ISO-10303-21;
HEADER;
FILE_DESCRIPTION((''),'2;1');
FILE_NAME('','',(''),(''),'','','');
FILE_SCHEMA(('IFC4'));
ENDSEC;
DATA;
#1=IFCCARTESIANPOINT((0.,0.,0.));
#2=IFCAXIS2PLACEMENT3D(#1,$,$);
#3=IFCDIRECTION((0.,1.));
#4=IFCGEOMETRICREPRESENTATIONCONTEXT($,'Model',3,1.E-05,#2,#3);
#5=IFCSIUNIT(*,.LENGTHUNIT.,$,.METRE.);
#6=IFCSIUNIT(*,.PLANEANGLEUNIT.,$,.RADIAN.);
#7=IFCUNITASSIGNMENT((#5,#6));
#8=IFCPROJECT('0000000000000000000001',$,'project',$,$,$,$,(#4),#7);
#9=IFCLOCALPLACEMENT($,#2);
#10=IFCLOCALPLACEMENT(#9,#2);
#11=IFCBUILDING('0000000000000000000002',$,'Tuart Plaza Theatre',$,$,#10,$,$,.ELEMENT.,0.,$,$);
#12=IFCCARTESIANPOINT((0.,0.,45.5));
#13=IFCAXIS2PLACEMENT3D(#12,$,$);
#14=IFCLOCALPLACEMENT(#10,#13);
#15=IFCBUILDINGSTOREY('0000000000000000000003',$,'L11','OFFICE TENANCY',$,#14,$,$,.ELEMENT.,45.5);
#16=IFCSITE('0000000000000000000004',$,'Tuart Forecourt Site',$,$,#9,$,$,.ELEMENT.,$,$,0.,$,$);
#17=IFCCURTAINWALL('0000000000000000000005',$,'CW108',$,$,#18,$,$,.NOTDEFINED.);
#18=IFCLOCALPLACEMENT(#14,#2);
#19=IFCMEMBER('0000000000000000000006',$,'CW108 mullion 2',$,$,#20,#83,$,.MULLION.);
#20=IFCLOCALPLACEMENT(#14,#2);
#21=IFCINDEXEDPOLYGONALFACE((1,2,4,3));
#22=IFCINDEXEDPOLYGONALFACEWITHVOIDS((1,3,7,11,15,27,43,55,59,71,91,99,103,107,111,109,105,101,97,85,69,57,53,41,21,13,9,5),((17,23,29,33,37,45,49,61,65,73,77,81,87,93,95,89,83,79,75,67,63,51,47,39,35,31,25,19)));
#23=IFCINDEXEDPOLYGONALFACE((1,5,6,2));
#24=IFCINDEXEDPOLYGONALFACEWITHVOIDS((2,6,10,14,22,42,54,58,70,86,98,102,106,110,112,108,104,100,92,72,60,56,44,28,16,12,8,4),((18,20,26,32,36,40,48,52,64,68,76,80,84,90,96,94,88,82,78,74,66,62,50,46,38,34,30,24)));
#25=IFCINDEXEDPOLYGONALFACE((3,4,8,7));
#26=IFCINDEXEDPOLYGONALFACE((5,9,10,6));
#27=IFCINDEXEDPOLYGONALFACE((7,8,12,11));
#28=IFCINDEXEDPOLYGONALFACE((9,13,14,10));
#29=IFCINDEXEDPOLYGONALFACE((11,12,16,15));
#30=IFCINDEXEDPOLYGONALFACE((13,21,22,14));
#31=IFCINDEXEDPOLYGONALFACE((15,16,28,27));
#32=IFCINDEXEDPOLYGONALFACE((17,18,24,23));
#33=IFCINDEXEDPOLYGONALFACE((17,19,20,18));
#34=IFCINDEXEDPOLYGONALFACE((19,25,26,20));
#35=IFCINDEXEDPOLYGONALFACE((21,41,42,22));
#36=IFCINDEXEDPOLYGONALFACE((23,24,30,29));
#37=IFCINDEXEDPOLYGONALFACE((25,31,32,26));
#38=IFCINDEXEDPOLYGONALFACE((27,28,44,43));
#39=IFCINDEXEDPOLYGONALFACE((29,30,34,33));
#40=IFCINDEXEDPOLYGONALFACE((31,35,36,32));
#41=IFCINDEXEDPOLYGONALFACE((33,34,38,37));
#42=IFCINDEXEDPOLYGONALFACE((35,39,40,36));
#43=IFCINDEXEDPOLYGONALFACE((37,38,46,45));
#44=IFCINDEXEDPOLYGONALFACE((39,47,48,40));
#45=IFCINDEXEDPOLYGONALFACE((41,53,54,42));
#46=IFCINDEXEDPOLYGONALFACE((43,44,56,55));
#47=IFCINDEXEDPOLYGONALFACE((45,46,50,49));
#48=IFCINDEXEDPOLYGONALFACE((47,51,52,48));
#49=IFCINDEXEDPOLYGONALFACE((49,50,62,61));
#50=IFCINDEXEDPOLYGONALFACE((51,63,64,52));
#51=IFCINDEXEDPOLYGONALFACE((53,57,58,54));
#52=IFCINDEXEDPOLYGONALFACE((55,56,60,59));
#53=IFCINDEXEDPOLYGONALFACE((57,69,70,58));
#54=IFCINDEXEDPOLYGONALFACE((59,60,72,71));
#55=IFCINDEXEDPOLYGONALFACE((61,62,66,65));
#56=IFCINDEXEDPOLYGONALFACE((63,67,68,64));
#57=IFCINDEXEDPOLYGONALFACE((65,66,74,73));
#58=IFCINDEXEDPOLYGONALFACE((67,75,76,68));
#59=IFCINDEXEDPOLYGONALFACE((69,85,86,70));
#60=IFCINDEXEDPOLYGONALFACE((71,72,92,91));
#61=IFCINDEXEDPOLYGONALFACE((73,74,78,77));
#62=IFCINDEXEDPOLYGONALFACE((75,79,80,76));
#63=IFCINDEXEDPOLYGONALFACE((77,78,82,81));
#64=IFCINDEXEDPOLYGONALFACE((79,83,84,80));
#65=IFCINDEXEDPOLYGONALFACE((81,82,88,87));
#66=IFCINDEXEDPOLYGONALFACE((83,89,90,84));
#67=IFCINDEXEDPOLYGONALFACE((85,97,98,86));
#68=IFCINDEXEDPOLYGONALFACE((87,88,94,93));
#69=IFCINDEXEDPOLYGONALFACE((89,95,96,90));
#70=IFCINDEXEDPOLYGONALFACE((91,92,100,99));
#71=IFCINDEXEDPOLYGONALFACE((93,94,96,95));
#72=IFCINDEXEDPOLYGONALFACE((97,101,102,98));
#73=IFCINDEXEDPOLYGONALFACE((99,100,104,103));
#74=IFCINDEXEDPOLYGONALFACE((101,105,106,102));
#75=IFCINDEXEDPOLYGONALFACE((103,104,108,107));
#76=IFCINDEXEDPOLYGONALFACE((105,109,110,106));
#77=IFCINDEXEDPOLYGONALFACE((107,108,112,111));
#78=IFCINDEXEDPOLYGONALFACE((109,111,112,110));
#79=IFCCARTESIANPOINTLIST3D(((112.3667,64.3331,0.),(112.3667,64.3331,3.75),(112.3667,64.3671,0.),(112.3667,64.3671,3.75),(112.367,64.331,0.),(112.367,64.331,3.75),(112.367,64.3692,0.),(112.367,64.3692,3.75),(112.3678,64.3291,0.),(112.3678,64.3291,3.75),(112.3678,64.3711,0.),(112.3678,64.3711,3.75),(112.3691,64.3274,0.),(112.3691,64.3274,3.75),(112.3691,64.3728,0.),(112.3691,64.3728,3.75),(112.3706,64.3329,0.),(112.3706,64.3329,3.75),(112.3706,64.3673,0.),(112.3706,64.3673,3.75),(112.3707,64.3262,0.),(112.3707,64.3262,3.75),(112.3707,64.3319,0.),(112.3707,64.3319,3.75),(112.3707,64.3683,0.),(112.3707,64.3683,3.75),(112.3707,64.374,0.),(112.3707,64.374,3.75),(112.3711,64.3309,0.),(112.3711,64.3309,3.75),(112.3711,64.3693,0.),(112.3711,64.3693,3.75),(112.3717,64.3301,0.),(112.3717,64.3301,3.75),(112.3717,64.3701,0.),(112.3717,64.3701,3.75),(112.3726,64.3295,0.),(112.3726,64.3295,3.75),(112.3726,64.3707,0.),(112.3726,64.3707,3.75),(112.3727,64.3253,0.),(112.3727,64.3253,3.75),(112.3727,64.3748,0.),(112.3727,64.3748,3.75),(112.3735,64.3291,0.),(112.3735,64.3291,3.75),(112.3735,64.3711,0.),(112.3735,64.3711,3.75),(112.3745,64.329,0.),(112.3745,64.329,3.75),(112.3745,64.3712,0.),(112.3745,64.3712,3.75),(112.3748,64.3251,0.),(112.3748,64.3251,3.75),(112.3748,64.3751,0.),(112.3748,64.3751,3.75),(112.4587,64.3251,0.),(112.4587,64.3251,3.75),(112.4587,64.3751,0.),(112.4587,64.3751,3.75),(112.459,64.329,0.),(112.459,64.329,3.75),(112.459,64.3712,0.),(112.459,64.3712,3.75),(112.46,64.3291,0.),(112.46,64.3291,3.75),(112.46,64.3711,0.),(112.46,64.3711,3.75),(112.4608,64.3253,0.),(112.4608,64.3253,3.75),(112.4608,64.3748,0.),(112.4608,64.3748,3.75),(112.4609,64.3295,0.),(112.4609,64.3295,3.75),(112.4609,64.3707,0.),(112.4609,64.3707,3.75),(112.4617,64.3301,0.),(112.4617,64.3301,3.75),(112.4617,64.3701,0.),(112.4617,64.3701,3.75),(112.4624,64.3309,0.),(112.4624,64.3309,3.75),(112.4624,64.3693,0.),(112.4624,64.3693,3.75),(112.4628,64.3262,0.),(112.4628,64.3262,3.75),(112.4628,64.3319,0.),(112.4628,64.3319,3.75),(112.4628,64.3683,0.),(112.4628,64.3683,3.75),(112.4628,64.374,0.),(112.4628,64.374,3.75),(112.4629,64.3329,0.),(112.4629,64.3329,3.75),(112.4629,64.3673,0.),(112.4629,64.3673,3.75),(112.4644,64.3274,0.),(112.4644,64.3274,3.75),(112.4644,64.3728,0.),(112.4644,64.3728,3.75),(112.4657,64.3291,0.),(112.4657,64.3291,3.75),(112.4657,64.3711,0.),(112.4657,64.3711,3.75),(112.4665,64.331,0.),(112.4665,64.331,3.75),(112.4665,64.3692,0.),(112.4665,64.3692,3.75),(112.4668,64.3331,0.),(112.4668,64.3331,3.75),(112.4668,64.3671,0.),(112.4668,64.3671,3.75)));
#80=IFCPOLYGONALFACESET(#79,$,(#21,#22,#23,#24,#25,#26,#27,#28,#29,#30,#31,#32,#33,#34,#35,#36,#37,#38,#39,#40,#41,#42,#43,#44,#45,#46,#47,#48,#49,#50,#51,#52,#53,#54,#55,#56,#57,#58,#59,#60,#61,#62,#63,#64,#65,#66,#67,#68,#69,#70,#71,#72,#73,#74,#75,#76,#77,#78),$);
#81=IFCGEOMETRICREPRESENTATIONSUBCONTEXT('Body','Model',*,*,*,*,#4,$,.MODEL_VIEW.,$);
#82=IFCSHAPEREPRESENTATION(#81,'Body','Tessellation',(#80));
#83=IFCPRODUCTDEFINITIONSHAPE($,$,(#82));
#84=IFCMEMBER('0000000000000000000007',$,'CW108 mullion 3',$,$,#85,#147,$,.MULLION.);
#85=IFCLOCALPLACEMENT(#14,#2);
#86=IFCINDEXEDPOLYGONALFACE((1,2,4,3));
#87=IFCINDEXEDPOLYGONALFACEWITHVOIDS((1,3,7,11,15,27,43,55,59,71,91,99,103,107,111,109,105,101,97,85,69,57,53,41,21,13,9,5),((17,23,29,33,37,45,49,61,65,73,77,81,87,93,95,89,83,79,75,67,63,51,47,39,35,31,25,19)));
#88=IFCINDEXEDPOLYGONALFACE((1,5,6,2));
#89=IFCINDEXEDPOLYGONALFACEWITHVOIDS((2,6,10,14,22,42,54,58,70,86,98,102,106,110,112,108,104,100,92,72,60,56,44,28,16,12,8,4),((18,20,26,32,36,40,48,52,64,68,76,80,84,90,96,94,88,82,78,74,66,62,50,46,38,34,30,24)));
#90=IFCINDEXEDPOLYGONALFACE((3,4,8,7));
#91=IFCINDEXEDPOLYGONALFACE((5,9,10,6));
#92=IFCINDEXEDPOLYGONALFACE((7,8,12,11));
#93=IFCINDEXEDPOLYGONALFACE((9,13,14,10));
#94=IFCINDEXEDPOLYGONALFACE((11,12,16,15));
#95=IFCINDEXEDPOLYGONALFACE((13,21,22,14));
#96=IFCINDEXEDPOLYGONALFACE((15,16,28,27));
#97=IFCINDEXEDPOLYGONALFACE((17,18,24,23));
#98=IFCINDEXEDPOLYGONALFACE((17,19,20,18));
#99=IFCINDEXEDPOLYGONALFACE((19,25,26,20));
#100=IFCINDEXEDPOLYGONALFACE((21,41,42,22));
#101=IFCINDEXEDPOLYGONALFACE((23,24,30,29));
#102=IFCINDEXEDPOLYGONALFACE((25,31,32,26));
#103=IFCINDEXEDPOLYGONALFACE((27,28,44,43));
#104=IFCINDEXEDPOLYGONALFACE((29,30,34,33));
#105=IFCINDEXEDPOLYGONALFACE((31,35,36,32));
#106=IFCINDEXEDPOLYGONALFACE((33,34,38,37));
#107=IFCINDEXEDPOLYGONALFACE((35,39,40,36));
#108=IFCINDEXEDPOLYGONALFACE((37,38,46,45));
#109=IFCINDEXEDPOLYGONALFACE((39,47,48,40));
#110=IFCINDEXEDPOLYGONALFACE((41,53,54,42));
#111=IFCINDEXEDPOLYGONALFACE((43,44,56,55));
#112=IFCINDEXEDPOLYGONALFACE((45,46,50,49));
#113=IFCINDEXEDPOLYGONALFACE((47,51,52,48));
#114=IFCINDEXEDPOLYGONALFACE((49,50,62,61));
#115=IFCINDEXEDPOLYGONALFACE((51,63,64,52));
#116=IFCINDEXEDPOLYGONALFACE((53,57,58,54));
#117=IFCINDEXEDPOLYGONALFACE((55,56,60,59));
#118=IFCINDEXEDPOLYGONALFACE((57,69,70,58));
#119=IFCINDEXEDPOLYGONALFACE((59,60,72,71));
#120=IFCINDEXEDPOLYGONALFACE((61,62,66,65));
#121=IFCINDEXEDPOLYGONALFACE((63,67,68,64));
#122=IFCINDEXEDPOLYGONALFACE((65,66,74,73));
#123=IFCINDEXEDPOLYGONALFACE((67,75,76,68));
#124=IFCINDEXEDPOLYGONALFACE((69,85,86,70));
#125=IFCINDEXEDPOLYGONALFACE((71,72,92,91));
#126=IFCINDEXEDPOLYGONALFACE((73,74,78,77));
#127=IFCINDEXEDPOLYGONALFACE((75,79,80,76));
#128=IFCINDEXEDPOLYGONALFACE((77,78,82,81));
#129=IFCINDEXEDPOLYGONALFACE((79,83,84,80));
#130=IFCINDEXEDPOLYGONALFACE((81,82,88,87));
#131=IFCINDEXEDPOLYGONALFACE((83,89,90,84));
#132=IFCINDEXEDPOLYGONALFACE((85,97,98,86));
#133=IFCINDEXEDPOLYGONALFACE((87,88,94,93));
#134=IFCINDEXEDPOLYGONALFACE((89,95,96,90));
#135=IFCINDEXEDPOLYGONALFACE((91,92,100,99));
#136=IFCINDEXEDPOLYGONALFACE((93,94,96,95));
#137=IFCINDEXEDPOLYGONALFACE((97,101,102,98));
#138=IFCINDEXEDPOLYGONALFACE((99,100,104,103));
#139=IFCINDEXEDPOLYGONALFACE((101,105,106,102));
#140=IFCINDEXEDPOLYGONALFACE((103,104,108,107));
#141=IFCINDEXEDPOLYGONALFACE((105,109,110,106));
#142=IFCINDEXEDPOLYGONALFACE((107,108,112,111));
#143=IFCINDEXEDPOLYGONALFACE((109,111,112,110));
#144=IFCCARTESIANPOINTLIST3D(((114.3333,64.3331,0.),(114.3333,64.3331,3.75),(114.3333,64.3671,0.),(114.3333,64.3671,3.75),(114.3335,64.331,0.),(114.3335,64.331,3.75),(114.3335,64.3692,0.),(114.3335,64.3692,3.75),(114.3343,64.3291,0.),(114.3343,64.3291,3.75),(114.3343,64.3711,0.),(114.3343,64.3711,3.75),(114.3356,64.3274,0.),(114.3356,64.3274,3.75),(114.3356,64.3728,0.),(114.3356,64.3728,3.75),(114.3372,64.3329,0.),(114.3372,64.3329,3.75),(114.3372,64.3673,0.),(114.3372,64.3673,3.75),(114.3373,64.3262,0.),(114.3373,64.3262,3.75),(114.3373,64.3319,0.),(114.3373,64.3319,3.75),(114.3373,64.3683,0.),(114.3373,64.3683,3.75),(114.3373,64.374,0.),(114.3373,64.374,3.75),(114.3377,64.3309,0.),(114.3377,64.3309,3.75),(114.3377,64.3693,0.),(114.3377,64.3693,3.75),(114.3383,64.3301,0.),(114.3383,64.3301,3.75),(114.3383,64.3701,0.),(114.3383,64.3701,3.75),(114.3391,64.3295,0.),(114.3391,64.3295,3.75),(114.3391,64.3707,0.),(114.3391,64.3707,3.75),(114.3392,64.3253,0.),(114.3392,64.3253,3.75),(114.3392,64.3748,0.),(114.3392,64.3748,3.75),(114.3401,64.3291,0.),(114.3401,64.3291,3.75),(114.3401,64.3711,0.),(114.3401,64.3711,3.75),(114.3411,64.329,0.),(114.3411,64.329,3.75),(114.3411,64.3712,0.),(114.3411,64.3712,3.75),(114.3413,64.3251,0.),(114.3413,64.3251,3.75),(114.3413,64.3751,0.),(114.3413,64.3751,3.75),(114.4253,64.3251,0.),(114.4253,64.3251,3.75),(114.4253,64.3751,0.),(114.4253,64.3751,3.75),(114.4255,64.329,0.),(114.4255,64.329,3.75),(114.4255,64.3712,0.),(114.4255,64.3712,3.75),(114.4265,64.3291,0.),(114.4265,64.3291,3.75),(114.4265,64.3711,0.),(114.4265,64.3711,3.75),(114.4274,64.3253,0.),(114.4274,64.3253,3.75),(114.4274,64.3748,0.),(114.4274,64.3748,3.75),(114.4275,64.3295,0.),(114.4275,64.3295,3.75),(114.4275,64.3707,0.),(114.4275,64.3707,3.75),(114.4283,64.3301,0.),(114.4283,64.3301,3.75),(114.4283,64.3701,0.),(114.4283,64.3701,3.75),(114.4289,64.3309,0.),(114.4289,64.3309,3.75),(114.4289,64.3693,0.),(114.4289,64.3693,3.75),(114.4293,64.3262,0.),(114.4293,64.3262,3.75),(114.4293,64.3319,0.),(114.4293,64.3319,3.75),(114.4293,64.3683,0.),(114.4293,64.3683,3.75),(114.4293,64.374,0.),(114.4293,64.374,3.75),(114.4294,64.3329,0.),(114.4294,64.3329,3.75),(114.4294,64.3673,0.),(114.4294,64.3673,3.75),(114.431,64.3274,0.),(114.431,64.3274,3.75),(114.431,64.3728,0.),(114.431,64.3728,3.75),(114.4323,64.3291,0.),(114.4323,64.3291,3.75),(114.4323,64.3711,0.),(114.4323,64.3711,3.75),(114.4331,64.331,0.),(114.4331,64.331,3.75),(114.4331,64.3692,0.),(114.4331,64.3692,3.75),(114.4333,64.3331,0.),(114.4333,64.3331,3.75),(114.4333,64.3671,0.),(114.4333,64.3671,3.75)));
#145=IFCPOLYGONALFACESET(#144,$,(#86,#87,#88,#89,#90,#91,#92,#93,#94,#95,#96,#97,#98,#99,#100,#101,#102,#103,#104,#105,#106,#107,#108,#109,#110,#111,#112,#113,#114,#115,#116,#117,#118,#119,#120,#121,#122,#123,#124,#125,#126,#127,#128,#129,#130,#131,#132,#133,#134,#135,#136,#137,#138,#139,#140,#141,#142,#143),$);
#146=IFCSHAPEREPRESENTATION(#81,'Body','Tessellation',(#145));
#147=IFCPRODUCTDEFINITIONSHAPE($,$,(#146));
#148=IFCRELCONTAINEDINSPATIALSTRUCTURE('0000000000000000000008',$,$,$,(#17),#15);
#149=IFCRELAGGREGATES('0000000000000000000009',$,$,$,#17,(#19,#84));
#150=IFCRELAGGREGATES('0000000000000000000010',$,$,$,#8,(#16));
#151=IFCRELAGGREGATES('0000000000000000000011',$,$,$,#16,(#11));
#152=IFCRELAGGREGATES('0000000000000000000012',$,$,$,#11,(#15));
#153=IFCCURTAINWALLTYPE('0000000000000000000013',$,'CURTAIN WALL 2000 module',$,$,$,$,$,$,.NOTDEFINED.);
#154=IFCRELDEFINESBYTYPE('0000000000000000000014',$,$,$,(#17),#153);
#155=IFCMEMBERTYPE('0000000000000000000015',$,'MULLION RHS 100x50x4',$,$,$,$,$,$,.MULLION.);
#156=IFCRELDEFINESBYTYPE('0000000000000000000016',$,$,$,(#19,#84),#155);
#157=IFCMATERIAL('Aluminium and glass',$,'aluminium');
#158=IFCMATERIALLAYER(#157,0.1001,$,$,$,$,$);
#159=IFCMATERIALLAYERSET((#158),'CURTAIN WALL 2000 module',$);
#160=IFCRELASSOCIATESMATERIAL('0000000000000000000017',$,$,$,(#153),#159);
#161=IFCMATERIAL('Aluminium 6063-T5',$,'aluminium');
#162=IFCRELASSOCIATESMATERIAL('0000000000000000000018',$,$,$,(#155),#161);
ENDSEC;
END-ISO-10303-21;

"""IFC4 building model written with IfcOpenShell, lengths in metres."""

from ifc_helpers import new_model, si_unit, direction, frame, origin, origin_2d, place, context, subcontext, project, spatial, hollow_rectangle, extrude, material, layer, layer_set, material_profile, profile_set, type_object, element, aggregate, save


model = new_model("IFC4")

# Units and contexts
model_context = context("Model", 3, precision=1e-05, world=origin(), true_north=direction((0.0, 1.0)))
body_context = subcontext(model_context, "Body", "Model", "MODEL_VIEW")
ifc_project = project(units=[si_unit("LENGTHUNIT", "METRE"), si_unit("PLANEANGLEUNIT", "RADIAN")], contexts=[model_context])

# Site, building, storey
site_placement = place(None, origin())
site = spatial("IfcSite", under=ifc_project, at=site_placement, Name="Tuart Forecourt Site", CompositionType="ELEMENT", RefElevation=0.0)
building_placement = place(site_placement, origin())
building = spatial("IfcBuilding", under=site, at=building_placement, Name="Tuart Plaza Theatre", CompositionType="ELEMENT", ElevationOfRefHeight=0.0)
storey_placement = place(building_placement, frame((0.0, 0.0, 45.5)))
storey = spatial("IfcBuildingStorey", under=building, at=storey_placement, Name="L11", Description="OFFICE TENANCY", CompositionType="ELEMENT", Elevation=45.5)

# Curtain wall, members
ifc_material_1 = material(Name="Aluminium and glass", Category="aluminium")
ifc_layer_1 = layer(ifc_material_1, 0.1001)
ifc_layer_set_1 = layer_set([ifc_layer_1], Name="CURTAIN WALL 2000 module")
curtain_wall_type = type_object("IfcCurtainWallType", Name="CURTAIN WALL 2000 module", PredefinedType="NOTDEFINED", material=ifc_layer_set_1)
curtain_wall_1_placement = place(storey_placement, origin())
curtain_wall_1 = element("IfcCurtainWall", 1, at=curtain_wall_1_placement, inside=storey, type_object=curtain_wall_type, Name="CW108", PredefinedType="NOTDEFINED")
ifc_material_2 = material(Name="Aluminium 6063-T5", Category="aluminium")
ifc_material_profile_1 = material_profile(ifc_material_2, hollow_rectangle(XDim=0.05, YDim=0.1001, WallThickness=0.0039, InnerFilletRadius=0.0039, OuterFilletRadius=0.0081, at=origin_2d()), Name="RHS 100x50x4")
ifc_profile_set_1 = profile_set([ifc_material_profile_1], Name="Aluminium 6063-T5")
member_type_1 = type_object("IfcMemberType", Name="MULLION RHS 100x50x4", PredefinedType="MULLION", material=ifc_profile_set_1)
member_1_placement = place(storey_placement, frame((112.4167, 64.3501, 0.0), z_axis=(0.0, 0.0, 1.0), x_axis=(0.0, 1.0, 0.0)))
member_1 = element("IfcMember", 2, at=member_1_placement, type_object=member_type_1, Name="CW108 mullion 2", PredefinedType="MULLION", context=body_context, shape_type="SweptSolid", body=[
    extrude(hollow_rectangle(XDim=0.05, YDim=0.1001, WallThickness=0.0039, InnerFilletRadius=0.0039, OuterFilletRadius=0.0081, at=origin_2d()), origin(), (0.0, 0.0, 1.0), 3.75),
])
member_2_placement = place(storey_placement, frame((114.3833, 64.3501, 0.0), z_axis=(0.0, 0.0, 1.0), x_axis=(0.0, 1.0, 0.0)))
member_2 = element("IfcMember", 3, at=member_2_placement, type_object=member_type_1, Name="CW108 mullion 3", PredefinedType="MULLION", context=body_context, shape_type="SweptSolid", body=[
    extrude(hollow_rectangle(XDim=0.05, YDim=0.1001, WallThickness=0.0039, InnerFilletRadius=0.0039, OuterFilletRadius=0.0081, at=origin_2d()), origin(), (0.0, 0.0, 1.0), 3.75),
])

aggregate(curtain_wall_1, [member_1, member_2])

save(model, "model.ifc")
